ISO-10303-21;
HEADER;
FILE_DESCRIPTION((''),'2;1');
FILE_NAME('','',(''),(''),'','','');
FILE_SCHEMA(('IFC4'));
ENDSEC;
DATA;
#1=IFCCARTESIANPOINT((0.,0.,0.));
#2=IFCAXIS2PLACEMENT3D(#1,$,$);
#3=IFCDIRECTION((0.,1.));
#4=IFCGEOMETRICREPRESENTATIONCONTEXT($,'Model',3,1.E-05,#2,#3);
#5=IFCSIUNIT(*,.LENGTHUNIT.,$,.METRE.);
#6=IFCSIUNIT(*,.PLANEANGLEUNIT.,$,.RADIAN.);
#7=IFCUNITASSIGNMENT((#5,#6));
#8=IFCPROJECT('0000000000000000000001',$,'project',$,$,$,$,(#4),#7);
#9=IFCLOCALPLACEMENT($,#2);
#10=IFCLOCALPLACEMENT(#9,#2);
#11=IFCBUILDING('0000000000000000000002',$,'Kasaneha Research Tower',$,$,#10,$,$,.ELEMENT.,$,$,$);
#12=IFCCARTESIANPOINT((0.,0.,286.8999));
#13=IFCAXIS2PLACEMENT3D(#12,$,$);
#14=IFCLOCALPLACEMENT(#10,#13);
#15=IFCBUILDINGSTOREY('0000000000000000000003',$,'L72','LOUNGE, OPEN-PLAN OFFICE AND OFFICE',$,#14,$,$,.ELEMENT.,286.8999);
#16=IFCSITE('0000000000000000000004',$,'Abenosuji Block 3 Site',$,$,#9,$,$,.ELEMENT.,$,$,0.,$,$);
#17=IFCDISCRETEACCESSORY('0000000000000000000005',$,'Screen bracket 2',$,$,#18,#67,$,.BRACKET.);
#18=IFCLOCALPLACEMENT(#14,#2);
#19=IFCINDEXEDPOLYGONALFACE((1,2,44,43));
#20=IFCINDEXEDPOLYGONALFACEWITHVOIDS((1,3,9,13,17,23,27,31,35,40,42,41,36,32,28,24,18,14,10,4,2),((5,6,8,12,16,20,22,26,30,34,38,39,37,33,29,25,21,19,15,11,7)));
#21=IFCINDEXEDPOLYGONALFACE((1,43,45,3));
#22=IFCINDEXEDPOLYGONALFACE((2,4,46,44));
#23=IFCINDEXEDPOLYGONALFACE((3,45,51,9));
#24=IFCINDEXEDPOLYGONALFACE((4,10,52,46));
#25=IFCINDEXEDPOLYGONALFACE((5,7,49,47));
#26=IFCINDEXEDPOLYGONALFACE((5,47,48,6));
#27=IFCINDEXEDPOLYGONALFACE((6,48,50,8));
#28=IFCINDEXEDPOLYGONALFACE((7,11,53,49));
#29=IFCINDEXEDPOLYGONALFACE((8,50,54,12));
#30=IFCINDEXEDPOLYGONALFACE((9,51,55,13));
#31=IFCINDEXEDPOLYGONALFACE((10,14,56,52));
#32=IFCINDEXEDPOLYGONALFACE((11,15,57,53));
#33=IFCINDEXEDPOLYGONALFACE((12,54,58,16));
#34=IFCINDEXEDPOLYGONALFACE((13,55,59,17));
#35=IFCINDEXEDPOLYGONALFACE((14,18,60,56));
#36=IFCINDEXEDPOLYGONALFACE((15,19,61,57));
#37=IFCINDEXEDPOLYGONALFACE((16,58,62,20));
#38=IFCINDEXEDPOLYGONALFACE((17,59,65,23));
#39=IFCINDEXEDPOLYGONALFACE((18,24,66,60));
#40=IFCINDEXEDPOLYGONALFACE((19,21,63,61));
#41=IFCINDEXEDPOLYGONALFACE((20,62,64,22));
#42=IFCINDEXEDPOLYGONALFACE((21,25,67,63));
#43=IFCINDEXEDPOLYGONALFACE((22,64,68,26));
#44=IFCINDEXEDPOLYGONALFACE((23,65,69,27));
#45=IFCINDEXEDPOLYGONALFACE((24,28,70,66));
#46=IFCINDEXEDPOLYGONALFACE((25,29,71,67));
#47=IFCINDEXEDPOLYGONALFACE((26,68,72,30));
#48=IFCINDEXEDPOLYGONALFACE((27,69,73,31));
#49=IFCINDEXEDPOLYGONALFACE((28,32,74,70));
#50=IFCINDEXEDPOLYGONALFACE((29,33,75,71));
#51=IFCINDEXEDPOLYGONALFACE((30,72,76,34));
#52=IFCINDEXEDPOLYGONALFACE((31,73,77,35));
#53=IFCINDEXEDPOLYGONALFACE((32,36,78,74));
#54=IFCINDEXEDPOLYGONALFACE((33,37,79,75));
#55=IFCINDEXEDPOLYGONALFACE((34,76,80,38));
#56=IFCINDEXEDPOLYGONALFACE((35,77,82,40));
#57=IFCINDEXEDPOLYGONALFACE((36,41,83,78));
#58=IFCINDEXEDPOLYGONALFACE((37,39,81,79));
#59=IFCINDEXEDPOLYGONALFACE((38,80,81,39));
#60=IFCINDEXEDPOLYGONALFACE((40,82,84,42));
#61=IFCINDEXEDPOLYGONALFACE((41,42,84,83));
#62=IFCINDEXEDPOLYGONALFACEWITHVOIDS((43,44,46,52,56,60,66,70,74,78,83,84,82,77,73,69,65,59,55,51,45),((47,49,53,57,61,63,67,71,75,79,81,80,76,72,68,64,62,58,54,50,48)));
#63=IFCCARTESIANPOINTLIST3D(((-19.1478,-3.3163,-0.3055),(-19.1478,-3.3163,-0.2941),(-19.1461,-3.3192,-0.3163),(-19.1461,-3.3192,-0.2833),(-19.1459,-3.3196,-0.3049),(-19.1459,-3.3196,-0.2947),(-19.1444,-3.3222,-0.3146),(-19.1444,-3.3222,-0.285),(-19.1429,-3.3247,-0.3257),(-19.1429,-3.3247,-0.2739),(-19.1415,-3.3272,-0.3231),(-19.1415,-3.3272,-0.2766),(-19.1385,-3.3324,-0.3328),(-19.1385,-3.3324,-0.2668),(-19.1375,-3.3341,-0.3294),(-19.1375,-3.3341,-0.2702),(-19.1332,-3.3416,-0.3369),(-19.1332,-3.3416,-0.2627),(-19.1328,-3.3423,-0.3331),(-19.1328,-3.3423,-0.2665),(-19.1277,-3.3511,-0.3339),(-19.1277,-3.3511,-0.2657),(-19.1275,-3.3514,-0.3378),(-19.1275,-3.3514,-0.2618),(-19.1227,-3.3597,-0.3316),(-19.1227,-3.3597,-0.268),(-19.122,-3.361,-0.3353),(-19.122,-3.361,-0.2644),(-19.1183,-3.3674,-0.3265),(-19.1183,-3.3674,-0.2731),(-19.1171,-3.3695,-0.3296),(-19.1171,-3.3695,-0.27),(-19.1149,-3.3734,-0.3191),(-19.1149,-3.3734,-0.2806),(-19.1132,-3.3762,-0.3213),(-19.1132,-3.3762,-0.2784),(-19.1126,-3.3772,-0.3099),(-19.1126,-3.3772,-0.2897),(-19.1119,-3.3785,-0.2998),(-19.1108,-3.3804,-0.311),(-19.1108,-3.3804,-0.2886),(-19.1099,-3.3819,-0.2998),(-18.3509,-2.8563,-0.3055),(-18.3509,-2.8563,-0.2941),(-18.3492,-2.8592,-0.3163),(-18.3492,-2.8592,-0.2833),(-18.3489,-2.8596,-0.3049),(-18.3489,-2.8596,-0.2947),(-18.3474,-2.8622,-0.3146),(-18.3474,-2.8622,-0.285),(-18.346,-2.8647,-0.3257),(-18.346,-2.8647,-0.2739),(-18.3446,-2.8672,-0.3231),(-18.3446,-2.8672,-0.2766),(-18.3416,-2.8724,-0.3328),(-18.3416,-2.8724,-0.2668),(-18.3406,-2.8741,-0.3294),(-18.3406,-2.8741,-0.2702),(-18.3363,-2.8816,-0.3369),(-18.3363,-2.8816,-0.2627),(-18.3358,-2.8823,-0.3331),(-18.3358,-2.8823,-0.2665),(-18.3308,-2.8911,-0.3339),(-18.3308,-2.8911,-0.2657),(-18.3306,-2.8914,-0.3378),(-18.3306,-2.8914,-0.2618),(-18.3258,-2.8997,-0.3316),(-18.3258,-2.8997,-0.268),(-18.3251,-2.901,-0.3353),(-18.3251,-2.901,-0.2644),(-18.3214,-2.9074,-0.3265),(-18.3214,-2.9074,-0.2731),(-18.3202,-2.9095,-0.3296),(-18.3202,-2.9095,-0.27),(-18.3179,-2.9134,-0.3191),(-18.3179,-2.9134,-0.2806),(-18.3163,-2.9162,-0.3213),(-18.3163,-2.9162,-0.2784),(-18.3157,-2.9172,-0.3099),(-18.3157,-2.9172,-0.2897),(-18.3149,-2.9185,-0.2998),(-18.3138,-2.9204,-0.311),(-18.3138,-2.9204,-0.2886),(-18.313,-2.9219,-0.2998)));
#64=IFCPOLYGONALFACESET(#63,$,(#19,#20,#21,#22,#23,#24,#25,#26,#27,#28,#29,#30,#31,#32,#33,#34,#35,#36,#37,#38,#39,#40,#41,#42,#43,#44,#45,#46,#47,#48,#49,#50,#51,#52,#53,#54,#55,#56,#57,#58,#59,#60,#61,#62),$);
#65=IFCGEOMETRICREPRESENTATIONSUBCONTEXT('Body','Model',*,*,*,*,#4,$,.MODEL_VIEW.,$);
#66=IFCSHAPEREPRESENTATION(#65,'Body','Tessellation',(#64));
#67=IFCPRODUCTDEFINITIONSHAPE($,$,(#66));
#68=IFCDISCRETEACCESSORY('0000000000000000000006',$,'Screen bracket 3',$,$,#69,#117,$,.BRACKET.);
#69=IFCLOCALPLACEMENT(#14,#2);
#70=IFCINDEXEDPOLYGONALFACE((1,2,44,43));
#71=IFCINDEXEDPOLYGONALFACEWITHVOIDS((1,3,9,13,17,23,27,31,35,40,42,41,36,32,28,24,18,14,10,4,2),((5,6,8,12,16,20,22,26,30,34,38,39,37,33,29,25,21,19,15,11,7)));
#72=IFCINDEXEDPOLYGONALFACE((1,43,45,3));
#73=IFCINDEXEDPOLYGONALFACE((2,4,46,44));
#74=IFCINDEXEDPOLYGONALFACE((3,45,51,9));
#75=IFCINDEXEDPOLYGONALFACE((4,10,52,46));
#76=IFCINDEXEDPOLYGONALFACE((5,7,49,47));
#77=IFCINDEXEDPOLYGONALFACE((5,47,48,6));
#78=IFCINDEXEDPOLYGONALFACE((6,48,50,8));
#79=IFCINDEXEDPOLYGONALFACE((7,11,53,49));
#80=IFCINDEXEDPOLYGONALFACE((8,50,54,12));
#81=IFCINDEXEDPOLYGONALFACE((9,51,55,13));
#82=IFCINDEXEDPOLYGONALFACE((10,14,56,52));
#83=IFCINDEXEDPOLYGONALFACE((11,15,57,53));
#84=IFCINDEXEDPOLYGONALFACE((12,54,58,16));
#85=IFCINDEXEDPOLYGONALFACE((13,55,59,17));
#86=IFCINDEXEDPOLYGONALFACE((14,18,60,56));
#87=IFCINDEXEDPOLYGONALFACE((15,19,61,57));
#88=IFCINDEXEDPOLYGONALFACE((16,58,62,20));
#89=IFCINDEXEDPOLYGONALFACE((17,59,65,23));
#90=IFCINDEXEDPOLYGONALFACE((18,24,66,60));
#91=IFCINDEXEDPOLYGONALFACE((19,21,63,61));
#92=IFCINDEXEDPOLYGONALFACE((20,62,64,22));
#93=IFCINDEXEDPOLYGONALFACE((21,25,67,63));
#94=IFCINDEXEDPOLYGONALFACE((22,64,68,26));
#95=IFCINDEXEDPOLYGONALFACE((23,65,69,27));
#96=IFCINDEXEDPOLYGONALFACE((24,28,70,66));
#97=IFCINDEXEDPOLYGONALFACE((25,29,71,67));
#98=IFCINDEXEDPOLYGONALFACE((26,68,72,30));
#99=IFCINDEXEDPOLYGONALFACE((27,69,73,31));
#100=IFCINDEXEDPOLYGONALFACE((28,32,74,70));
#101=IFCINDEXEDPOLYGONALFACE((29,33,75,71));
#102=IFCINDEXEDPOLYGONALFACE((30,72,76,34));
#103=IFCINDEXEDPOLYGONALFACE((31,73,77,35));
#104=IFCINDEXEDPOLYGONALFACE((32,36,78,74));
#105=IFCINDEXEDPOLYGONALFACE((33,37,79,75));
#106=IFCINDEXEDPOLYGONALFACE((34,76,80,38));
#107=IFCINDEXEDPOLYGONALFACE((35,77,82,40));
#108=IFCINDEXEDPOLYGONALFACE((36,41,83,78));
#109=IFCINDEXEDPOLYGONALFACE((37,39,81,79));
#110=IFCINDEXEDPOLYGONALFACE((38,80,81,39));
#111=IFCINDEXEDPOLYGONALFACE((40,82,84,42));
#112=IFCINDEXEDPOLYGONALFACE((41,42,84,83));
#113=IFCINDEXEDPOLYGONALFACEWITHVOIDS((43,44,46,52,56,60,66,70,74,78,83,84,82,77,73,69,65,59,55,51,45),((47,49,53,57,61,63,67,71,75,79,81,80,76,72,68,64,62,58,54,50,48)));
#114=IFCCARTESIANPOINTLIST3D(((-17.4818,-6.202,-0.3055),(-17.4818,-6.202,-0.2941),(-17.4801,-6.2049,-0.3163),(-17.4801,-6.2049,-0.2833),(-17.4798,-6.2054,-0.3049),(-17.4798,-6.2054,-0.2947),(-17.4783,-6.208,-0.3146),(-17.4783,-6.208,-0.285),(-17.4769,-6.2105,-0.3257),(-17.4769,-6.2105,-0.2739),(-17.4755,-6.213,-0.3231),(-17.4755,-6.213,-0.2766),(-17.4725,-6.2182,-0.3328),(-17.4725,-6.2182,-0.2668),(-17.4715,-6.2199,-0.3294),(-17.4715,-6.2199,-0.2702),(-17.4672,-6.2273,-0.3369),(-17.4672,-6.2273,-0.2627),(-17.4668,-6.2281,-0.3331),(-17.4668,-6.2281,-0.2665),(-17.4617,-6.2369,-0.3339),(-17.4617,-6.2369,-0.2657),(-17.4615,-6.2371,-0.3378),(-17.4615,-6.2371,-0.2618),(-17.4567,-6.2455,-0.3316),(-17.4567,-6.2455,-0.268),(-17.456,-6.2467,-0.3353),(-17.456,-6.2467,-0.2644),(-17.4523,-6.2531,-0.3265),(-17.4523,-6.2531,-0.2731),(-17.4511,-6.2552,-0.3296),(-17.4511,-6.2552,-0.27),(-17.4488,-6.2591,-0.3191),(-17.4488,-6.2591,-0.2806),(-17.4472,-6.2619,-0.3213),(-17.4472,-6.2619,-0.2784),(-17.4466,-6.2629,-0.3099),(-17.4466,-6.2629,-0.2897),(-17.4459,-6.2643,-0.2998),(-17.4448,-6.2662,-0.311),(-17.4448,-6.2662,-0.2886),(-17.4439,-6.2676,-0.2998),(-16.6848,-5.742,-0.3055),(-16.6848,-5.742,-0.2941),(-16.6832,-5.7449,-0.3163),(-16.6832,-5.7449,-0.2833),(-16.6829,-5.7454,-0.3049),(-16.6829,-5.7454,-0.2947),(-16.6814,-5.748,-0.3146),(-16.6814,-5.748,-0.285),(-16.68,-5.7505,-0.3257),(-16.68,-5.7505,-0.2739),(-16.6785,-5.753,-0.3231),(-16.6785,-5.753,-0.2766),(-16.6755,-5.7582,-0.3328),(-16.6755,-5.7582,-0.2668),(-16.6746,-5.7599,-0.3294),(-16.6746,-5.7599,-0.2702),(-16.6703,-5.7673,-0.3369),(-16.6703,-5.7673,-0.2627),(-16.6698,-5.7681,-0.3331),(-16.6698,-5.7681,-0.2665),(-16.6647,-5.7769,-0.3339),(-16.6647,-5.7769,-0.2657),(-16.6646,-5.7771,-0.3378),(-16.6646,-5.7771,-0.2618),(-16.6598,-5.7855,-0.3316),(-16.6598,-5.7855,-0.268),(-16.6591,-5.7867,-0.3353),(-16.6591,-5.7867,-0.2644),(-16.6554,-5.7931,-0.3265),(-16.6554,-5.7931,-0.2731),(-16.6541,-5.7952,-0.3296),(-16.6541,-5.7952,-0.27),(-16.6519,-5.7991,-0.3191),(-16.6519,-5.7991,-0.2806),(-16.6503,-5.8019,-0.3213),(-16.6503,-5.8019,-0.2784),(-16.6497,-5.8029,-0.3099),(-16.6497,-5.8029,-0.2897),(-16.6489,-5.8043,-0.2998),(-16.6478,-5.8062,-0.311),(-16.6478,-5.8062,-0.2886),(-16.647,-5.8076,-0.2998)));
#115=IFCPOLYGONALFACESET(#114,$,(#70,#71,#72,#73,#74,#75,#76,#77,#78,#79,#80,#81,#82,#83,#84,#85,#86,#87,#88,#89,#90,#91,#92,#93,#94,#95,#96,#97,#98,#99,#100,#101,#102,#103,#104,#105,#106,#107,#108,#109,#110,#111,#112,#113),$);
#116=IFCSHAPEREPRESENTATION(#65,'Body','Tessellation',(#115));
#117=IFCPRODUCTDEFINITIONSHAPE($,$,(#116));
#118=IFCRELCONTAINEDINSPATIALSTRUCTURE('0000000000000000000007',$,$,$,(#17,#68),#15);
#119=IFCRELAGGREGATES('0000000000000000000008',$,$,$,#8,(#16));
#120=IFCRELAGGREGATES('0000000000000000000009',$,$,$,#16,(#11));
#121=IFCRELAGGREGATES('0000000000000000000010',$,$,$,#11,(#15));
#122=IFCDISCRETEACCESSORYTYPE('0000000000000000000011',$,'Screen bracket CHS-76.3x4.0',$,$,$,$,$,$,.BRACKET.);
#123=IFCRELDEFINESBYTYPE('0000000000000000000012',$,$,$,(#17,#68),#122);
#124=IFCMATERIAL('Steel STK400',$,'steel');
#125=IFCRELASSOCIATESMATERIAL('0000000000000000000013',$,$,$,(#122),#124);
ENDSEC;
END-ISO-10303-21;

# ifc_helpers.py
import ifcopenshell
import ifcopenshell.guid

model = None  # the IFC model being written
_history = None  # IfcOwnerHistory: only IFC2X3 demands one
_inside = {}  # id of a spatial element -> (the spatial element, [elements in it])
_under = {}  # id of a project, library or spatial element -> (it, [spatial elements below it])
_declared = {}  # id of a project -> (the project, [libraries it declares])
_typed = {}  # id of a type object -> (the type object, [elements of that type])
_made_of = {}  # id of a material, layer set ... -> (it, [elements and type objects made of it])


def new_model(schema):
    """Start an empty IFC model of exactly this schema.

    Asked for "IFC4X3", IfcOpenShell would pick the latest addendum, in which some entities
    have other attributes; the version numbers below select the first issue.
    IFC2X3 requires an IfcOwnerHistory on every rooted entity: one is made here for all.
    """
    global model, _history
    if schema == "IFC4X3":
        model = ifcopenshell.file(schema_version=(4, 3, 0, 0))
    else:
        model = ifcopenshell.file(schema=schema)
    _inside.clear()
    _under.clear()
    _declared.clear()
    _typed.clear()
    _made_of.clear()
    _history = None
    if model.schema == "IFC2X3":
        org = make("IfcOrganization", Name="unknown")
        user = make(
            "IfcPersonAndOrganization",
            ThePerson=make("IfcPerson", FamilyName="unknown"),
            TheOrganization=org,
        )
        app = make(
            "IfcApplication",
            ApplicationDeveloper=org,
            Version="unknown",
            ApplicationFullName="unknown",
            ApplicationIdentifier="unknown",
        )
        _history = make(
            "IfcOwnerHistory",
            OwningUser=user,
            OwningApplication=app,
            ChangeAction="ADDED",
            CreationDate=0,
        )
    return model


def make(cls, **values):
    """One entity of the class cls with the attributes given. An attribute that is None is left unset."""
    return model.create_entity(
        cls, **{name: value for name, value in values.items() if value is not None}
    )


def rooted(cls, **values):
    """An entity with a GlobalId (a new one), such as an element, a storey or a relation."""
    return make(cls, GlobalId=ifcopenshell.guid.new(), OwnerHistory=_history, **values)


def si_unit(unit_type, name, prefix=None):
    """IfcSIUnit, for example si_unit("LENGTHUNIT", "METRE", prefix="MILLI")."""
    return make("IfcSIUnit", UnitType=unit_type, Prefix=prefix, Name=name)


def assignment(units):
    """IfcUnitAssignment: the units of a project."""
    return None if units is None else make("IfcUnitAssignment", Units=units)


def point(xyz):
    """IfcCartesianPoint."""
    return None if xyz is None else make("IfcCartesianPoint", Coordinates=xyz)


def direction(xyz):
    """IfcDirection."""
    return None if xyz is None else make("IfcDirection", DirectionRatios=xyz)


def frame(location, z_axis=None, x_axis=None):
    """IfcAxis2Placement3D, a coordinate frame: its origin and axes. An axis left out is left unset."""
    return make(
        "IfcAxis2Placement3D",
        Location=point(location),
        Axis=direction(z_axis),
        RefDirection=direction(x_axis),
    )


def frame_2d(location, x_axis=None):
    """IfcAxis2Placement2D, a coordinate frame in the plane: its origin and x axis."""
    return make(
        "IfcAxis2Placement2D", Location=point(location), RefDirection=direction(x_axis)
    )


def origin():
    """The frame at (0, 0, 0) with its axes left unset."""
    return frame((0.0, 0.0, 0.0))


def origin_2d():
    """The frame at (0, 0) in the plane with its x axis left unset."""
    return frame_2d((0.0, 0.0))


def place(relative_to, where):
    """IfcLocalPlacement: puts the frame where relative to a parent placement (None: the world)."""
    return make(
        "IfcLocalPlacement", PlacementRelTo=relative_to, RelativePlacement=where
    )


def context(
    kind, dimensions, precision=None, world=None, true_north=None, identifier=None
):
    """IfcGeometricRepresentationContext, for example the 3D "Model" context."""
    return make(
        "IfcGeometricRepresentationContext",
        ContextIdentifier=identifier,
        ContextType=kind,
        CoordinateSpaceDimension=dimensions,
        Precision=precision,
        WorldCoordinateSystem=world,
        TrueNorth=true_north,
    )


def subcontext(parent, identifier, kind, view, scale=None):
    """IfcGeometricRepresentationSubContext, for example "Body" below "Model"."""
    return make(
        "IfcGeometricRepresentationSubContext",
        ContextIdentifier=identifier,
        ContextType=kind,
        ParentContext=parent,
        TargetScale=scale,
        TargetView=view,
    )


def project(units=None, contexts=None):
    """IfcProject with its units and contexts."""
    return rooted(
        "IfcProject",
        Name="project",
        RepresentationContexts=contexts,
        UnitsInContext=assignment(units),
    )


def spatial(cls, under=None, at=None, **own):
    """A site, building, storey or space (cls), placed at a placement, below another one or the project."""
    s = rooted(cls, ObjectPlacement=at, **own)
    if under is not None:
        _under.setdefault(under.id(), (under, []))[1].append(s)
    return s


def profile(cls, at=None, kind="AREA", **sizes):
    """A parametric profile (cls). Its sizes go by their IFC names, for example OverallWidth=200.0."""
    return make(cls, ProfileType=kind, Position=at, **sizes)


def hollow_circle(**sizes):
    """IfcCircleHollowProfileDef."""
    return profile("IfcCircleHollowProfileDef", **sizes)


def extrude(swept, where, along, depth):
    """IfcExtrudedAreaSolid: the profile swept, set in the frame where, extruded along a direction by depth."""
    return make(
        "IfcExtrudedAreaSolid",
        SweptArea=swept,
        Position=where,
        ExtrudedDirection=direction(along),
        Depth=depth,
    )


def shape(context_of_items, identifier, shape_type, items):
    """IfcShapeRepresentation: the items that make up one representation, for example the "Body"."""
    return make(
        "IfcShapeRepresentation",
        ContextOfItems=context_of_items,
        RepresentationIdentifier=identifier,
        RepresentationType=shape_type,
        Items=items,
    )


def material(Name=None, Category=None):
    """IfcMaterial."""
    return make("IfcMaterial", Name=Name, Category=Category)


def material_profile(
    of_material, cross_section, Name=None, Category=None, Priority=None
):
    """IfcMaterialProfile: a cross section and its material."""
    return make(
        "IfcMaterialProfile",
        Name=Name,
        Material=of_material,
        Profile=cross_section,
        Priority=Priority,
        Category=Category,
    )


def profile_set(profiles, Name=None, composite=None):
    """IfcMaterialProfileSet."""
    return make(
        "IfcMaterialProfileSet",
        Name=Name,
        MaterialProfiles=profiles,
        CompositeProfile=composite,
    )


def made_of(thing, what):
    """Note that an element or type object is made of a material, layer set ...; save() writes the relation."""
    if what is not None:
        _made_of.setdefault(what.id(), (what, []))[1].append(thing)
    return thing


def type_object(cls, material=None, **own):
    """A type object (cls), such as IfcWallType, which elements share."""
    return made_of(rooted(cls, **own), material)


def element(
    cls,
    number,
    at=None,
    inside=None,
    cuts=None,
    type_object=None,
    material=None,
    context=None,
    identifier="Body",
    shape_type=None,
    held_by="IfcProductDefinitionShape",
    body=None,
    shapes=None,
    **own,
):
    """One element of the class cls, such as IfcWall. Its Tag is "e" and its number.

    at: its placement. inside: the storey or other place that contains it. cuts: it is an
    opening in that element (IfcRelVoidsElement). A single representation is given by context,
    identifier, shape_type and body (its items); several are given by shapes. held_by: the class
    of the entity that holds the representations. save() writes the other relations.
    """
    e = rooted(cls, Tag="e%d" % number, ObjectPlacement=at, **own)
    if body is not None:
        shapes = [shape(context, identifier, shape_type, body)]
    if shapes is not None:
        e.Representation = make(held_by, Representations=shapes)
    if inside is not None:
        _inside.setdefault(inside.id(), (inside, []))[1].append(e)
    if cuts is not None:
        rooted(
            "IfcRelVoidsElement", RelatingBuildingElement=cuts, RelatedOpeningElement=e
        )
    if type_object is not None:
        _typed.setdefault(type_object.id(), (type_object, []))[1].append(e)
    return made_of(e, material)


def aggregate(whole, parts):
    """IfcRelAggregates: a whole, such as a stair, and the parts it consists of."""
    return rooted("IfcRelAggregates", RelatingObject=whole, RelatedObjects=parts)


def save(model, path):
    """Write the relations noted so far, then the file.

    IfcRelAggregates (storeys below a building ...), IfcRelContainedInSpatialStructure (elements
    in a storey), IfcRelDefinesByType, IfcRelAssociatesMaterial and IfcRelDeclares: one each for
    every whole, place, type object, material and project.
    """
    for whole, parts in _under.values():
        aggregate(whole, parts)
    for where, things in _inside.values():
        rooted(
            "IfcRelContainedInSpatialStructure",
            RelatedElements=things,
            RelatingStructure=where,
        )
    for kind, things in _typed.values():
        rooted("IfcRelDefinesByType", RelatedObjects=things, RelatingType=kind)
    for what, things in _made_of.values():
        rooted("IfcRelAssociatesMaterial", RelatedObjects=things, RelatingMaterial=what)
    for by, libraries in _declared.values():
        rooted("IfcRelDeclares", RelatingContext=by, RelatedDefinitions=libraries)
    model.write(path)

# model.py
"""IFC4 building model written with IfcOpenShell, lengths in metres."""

from ifc_helpers import new_model, si_unit, direction, frame, origin, origin_2d, place, context, subcontext, project, spatial, hollow_circle, extrude, material, material_profile, profile_set, type_object, element, save


model = new_model("IFC4")

# Units and contexts
model_context = context("Model", 3, precision=1e-05, world=origin(), true_north=direction((0.0, 1.0)))
body_context = subcontext(model_context, "Body", "Model", "MODEL_VIEW")
ifc_project = project(units=[si_unit("LENGTHUNIT", "METRE"), si_unit("PLANEANGLEUNIT", "RADIAN")], contexts=[model_context])

# Site, building, storey
site_placement = place(None, origin())
site = spatial("IfcSite", under=ifc_project, at=site_placement, Name="Abenosuji Block 3 Site", CompositionType="ELEMENT", RefElevation=0.0)
building_placement = place(site_placement, origin())
building = spatial("IfcBuilding", under=site, at=building_placement, Name="Kasaneha Research Tower", CompositionType="ELEMENT")
storey_placement = place(building_placement, frame((0.0, 0.0, 286.8999)))
storey = spatial("IfcBuildingStorey", under=building, at=storey_placement, Name="L72", Description="LOUNGE, OPEN-PLAN OFFICE AND OFFICE", CompositionType="ELEMENT", Elevation=286.8999)

# Discrete accessories
ifc_material_1 = material(Name="Steel STK400", Category="steel")
ifc_material_profile_1 = material_profile(ifc_material_1, hollow_circle(Radius=0.0381, WallThickness=0.0039, at=origin_2d()), Name="CHS-76.3x4.0")
ifc_profile_set_1 = profile_set([ifc_material_profile_1], Name="Steel STK400")
discrete_accessory_type = type_object("IfcDiscreteAccessoryType", Name="Screen bracket CHS-76.3x4.0", PredefinedType="BRACKET", material=ifc_profile_set_1)
for number, where, z_axis, x_axis, name in (
    (1, (-18.332, -2.8889, -0.2998), (-0.86608, -0.499906, 0.0), (0.499906, -0.86608, 0.0), "Screen bracket 2"),
    (2, (-16.666, -5.7747, -0.2998), (-0.86608, -0.499906, 0.0), (0.499906, -0.86608, 0.0), "Screen bracket 3"),
):
    element("IfcDiscreteAccessory", number, at=place(storey_placement, frame(where, z_axis=z_axis, x_axis=x_axis)), inside=storey, type_object=discrete_accessory_type, Name=name, PredefinedType="BRACKET", context=body_context, shape_type="SweptSolid", body=[
        extrude(hollow_circle(Radius=0.0381, WallThickness=0.0039, at=origin_2d()), origin(), (0.0, 0.0, 1.0), 0.9202),
    ])

save(model, "model.ifc")
